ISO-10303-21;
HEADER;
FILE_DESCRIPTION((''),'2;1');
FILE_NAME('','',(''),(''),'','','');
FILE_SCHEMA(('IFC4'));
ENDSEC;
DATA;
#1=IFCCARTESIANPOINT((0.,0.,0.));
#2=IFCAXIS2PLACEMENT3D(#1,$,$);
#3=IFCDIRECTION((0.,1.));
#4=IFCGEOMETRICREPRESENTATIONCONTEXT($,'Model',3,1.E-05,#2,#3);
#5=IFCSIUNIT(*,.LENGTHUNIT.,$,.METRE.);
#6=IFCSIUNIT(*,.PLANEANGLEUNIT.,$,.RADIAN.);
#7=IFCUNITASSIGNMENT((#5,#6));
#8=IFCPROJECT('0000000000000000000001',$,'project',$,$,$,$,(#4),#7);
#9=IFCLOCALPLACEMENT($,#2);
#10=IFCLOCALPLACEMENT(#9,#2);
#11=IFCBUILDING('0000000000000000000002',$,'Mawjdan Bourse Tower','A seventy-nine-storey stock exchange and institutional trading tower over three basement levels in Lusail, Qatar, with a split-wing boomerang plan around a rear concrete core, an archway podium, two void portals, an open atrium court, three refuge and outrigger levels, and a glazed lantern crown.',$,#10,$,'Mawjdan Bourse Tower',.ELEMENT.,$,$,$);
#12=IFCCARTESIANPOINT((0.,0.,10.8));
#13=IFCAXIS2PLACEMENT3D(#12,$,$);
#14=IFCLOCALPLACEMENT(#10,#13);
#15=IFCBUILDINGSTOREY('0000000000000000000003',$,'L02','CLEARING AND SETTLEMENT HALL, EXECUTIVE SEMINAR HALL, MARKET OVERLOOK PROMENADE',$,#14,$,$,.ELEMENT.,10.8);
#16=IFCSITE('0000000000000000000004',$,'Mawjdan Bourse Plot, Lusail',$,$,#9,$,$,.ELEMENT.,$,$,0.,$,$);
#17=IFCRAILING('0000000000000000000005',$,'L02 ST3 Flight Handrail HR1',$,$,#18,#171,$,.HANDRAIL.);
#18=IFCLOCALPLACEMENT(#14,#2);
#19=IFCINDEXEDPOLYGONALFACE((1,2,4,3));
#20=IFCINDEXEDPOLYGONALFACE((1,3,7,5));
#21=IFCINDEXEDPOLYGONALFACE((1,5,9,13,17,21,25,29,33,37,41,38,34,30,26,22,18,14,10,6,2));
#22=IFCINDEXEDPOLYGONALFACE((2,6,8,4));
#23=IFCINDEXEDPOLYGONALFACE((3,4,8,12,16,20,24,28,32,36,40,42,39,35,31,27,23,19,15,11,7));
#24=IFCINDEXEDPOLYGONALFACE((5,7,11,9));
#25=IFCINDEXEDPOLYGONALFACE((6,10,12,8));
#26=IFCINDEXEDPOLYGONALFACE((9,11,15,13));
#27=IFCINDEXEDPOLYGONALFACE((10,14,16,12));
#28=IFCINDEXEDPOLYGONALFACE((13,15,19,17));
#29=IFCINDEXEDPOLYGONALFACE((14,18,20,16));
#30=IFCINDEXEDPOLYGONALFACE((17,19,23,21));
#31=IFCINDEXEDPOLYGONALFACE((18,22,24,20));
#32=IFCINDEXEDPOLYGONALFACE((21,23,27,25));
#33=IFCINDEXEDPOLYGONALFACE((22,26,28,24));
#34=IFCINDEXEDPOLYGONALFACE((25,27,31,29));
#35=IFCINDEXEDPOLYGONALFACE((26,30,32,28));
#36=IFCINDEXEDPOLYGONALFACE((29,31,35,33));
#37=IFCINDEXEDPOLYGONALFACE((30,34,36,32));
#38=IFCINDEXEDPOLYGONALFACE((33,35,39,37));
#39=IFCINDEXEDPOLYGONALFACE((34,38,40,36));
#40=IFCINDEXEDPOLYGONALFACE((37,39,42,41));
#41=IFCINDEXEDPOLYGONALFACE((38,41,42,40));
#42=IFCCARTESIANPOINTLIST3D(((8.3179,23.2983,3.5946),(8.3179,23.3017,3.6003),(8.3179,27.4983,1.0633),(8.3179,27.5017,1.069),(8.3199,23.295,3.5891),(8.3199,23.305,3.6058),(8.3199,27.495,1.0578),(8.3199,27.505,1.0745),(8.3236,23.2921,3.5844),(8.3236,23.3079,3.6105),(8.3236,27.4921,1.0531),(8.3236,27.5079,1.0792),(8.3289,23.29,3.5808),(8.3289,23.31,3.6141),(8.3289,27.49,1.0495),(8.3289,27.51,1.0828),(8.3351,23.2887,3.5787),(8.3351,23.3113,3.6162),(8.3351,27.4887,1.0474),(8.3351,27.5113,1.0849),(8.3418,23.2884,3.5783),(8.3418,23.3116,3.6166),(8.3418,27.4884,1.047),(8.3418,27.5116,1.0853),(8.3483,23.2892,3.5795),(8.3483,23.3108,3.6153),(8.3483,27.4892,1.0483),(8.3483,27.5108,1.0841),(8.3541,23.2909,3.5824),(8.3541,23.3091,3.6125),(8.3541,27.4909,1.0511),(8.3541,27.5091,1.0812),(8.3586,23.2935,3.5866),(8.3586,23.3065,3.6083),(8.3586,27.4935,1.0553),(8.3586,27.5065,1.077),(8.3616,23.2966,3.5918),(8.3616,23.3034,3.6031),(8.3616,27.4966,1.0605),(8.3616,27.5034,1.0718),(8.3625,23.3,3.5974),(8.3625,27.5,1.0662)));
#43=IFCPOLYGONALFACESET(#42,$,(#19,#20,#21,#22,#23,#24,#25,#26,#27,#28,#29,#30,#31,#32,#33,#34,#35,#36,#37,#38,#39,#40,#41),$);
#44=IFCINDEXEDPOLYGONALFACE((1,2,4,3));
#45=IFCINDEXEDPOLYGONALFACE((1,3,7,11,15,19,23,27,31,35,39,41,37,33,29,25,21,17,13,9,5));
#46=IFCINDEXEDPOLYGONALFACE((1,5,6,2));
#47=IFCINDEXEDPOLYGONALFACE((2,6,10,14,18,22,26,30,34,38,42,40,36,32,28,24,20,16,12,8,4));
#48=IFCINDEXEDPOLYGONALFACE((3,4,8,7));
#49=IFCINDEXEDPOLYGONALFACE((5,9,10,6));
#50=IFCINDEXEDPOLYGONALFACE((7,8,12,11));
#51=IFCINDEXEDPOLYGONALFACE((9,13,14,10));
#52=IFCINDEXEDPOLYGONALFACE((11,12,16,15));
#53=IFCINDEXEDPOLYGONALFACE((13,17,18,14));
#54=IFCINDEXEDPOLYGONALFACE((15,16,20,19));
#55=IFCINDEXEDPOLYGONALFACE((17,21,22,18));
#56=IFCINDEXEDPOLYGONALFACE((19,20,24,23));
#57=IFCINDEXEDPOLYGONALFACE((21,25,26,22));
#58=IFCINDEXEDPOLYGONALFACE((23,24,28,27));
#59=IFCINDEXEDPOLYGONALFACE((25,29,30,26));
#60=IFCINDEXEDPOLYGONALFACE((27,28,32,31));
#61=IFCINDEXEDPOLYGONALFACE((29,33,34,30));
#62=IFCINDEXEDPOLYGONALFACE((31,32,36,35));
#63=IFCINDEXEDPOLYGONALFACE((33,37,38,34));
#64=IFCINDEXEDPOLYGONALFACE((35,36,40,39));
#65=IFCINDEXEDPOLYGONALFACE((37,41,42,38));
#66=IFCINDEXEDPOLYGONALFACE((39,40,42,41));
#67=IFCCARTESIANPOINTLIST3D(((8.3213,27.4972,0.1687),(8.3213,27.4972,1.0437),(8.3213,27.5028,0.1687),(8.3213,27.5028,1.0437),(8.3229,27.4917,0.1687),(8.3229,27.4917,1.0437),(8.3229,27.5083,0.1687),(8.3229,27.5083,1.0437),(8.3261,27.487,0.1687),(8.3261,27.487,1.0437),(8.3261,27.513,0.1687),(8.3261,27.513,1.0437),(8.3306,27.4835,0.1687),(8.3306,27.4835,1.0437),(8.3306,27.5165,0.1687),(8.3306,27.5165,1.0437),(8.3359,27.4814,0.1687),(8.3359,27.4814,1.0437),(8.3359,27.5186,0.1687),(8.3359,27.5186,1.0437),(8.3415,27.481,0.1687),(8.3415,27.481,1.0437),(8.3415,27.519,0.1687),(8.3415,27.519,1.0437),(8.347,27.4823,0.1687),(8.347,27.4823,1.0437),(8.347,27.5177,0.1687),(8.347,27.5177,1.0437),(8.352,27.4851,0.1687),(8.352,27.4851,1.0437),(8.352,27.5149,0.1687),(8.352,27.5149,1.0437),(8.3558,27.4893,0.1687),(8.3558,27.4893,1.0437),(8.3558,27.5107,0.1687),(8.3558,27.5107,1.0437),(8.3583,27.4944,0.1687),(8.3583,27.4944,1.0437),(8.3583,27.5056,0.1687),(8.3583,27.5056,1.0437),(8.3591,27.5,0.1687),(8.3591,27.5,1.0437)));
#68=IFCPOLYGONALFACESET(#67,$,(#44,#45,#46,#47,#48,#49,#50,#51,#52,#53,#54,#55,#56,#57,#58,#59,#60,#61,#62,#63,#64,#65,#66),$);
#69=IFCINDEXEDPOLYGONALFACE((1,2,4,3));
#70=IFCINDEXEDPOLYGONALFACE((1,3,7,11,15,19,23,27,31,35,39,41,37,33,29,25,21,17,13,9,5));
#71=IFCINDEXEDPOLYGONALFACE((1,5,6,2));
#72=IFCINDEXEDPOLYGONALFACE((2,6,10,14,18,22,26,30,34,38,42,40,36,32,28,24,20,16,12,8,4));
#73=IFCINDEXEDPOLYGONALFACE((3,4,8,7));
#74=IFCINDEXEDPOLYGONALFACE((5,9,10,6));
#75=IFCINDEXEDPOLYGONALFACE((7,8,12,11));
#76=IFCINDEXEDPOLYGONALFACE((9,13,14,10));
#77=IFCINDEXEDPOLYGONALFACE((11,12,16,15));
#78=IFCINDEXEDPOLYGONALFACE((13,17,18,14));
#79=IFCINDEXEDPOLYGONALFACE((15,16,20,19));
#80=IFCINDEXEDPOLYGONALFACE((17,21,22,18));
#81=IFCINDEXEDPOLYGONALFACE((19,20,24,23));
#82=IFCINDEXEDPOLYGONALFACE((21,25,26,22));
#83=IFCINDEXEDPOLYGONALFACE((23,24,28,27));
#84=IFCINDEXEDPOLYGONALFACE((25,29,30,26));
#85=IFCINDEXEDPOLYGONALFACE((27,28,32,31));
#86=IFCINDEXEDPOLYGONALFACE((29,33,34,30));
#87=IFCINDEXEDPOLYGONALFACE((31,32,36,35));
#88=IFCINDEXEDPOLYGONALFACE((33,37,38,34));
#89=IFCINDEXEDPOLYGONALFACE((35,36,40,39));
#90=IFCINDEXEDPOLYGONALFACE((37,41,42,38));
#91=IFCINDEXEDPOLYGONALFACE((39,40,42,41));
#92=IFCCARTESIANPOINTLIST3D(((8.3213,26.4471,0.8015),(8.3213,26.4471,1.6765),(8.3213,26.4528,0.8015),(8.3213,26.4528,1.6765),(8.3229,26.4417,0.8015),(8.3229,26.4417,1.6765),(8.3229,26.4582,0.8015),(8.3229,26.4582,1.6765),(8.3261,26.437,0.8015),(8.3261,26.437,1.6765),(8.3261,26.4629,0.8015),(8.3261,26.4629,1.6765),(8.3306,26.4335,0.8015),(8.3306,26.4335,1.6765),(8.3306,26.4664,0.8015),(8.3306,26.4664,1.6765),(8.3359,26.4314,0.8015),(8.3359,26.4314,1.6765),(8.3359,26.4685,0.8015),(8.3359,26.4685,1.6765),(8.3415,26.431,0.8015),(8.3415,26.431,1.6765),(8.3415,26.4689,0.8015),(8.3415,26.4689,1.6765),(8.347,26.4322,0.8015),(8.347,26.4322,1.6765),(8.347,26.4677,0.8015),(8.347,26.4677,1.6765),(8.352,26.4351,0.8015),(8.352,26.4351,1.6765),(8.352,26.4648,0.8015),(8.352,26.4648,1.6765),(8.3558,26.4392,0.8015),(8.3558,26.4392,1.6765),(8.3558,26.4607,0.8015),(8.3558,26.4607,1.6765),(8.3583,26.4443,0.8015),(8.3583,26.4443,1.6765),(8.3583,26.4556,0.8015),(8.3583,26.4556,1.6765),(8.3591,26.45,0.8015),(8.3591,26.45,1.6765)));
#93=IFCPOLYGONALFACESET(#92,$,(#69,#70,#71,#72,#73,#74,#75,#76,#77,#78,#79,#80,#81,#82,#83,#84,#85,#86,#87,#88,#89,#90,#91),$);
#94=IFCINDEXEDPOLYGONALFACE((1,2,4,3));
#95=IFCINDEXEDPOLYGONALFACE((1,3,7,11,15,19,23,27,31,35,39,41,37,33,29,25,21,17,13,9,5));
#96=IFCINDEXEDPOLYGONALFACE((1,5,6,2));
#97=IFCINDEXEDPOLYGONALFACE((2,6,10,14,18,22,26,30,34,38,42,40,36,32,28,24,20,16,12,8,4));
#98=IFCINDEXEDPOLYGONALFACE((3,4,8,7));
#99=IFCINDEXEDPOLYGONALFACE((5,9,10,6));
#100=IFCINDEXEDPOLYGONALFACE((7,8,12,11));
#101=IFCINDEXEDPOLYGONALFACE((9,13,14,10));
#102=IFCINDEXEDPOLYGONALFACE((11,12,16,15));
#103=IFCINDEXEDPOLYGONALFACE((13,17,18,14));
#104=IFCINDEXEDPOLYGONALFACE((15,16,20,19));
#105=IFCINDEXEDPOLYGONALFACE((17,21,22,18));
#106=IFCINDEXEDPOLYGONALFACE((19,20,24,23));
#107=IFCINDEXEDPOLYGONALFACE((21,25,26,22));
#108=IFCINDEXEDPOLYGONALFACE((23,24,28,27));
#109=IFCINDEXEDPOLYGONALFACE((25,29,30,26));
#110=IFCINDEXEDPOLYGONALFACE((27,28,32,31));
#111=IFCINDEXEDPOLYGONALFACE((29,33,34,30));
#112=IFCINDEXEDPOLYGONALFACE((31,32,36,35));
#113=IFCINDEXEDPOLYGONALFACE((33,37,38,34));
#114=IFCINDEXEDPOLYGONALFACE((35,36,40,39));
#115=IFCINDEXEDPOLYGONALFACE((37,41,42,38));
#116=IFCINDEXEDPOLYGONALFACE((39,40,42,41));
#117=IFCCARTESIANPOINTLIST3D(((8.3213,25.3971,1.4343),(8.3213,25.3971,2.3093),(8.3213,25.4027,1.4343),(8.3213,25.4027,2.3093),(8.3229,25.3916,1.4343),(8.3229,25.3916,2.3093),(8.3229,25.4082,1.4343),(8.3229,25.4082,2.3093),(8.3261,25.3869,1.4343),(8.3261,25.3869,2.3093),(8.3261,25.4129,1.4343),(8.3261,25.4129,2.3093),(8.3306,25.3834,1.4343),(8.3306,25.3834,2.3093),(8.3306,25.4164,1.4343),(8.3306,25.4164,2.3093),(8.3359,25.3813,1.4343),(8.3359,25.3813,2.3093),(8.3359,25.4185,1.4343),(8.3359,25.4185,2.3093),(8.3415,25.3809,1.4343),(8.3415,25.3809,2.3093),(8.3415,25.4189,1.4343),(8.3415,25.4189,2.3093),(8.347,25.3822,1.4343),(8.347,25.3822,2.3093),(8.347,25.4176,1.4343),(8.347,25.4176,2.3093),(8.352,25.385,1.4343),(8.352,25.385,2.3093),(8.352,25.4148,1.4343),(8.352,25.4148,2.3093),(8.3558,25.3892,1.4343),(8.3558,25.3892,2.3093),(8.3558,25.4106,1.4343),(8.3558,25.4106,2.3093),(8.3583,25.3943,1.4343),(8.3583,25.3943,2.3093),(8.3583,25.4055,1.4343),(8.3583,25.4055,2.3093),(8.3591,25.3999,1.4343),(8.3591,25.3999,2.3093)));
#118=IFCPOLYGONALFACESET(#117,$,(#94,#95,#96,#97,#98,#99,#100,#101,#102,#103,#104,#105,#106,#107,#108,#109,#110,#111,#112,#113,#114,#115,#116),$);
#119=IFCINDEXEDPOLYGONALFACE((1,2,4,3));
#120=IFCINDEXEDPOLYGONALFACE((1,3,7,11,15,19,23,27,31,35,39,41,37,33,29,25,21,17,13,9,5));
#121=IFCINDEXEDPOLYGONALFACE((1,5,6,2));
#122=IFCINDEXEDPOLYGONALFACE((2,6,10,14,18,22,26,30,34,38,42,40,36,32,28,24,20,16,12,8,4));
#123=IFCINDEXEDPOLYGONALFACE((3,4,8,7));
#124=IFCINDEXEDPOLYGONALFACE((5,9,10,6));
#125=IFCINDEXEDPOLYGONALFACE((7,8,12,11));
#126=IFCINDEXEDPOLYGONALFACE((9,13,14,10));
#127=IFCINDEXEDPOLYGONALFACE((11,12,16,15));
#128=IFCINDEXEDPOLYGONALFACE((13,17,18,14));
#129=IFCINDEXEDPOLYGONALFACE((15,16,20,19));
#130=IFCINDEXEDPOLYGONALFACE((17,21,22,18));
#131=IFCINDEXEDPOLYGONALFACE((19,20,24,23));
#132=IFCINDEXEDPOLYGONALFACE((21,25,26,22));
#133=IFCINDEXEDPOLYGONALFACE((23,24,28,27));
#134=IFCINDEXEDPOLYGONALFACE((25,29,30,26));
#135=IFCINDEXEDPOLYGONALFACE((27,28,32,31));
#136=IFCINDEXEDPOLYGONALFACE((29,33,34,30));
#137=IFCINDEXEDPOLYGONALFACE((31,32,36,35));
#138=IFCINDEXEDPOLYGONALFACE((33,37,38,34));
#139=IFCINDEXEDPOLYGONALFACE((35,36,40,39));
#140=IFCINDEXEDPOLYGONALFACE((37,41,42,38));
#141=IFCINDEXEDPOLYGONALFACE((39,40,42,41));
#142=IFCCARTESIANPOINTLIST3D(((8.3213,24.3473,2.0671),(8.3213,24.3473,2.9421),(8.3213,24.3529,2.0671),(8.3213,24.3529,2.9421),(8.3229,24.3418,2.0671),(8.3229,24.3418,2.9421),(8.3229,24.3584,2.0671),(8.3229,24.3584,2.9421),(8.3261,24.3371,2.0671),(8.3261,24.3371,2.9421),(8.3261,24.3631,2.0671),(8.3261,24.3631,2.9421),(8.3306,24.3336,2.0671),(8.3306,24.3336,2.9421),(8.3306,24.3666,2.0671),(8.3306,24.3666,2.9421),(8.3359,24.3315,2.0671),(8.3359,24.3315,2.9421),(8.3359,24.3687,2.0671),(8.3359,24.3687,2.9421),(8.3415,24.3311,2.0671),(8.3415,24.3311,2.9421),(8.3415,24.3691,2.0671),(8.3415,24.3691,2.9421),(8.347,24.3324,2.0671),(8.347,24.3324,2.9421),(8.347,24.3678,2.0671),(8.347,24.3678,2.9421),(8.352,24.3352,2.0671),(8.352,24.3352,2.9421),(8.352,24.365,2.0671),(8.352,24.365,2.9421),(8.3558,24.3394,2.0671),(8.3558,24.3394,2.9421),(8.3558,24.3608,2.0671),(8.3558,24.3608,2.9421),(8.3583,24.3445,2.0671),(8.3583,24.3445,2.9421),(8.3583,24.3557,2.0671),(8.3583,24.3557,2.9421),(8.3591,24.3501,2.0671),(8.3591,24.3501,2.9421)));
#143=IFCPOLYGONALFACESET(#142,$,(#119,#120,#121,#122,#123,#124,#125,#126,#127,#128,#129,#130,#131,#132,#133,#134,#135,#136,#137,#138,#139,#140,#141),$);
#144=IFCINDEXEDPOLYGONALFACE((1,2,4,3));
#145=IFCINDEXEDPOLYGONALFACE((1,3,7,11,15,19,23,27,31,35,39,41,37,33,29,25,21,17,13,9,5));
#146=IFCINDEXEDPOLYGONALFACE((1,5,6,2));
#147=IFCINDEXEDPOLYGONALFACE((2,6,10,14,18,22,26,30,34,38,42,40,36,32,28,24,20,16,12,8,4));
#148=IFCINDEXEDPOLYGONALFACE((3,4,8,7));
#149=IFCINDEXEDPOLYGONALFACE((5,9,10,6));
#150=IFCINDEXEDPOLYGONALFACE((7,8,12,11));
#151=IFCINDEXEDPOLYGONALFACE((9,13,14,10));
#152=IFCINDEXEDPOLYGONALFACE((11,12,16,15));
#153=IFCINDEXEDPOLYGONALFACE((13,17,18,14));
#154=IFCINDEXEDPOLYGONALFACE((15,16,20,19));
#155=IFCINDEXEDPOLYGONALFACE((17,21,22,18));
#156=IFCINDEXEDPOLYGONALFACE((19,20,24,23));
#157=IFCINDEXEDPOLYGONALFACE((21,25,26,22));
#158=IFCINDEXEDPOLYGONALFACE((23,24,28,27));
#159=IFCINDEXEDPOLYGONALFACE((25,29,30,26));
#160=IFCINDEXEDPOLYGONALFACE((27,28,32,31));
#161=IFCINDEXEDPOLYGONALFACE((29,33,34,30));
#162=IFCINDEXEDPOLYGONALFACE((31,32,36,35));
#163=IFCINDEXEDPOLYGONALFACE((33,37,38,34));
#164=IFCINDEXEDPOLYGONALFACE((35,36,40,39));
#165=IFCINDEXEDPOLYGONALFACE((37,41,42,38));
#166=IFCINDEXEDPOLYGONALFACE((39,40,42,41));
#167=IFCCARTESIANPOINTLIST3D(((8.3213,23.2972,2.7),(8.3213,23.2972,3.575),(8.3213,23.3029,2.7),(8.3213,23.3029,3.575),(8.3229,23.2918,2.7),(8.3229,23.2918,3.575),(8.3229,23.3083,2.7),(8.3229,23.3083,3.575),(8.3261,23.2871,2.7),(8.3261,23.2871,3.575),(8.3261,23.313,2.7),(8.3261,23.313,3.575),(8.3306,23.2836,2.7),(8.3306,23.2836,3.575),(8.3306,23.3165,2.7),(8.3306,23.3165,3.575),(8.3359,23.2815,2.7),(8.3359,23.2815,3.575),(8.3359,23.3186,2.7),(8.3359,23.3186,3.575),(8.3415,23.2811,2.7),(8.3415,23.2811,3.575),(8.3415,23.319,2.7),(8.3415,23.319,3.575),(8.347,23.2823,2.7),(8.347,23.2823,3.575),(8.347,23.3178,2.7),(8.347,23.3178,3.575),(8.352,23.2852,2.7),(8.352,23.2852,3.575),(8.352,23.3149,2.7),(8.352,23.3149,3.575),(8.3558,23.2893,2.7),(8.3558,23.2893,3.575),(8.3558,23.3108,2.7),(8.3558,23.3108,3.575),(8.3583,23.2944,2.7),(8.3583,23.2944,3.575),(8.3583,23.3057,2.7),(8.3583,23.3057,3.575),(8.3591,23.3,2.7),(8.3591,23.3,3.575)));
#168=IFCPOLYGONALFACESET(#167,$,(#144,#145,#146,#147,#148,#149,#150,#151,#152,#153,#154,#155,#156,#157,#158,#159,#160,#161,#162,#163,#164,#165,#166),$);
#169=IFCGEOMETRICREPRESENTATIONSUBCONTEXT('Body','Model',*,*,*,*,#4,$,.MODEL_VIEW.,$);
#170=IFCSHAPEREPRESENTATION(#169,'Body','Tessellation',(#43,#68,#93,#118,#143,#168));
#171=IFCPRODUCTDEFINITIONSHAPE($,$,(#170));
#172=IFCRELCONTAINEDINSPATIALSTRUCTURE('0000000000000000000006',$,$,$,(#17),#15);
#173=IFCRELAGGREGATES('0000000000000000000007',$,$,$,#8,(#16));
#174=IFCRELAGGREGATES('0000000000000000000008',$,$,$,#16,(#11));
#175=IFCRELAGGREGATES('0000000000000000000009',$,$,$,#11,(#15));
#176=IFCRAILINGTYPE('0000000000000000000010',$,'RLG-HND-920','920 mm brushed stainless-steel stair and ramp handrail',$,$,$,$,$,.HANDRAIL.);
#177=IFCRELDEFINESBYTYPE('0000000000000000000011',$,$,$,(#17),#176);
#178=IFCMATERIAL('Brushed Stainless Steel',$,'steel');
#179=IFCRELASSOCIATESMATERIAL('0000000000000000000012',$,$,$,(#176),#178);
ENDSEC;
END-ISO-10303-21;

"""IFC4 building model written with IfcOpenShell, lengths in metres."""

from ifc_helpers import new_model, si_unit, direction, frame, origin, origin_2d, place, context, subcontext, project, spatial, circle, extrude, material, type_object, element, save


model = new_model("IFC4")

# Units and contexts
model_context = context("Model", 3, precision=1e-05, world=origin(), true_north=direction((0.0, 1.0)))
body_context = subcontext(model_context, "Body", "Model", "MODEL_VIEW")
ifc_project = project(units=[si_unit("LENGTHUNIT", "METRE"), si_unit("PLANEANGLEUNIT", "RADIAN")], contexts=[model_context])

# Site, building, storey
site_placement = place(None, origin())
site = spatial("IfcSite", under=ifc_project, at=site_placement, Name="Mawjdan Bourse Plot, Lusail", CompositionType="ELEMENT", RefElevation=0.0)
building_placement = place(site_placement, origin())
building = spatial("IfcBuilding", under=site, at=building_placement, Name="Mawjdan Bourse Tower", Description="A seventy-nine-storey stock exchange and institutional trading tower over three basement levels in Lusail, Qatar, with a split-wing boomerang plan around a rear concrete core, an archway podium, two void portals, an open atrium court, three refuge and outrigger levels, and a glazed lantern crown.", LongName="Mawjdan Bourse Tower", CompositionType="ELEMENT")
storey_placement = place(building_placement, frame((0.0, 0.0, 10.8)))
storey = spatial("IfcBuildingStorey", under=building, at=storey_placement, Name="L02", Description="CLEARING AND SETTLEMENT HALL, EXECUTIVE SEMINAR HALL, MARKET OVERLOOK PROMENADE", CompositionType="ELEMENT", Elevation=10.8)

# Railing
ifc_material_1 = material(Name="Brushed Stainless Steel", Category="steel")
railing_type_1 = type_object("IfcRailingType", Name="RLG-HND-920", Description="920 mm brushed stainless-steel stair and ramp handrail", PredefinedType="HANDRAIL", material=ifc_material_1)
for number, where, name in (
    (1, (8.3401, 27.5, 0.1687), "L02 ST3 Flight Handrail HR1"),
):
    element("IfcRailing", number, at=place(storey_placement, frame(where)), inside=storey, type_object=railing_type_1, Name=name, PredefinedType="HANDRAIL", context=body_context, shape_type="SweptSolid", body=[
        extrude(circle(Radius=0.0225, at=origin_2d()), frame((0.0, 0.0, 0.8975), z_axis=(0.0, -0.856476, 0.516186), x_axis=(1.0, 0.0, 0.0)), (0.0, 0.0, 1.0), 4.9038),
        extrude(circle(Radius=0.019, at=origin_2d()), origin(), (0.0, 0.0, 1.0), 0.875),
        extrude(circle(Radius=0.019, at=origin_2d()), frame((0.0, -1.05, 0.6328)), (0.0, 0.0, 1.0), 0.875),
        extrude(circle(Radius=0.019, at=origin_2d()), frame((0.0, -2.1001, 1.2656)), (0.0, 0.0, 1.0), 0.875),
        extrude(circle(Radius=0.019, at=origin_2d()), frame((0.0, -3.1499, 1.8984)), (0.0, 0.0, 1.0), 0.875),
        extrude(circle(Radius=0.019, at=origin_2d()), frame((0.0, -4.2, 2.5312)), (0.0, 0.0, 1.0), 0.875),
    ])

save(model, "model.ifc")
